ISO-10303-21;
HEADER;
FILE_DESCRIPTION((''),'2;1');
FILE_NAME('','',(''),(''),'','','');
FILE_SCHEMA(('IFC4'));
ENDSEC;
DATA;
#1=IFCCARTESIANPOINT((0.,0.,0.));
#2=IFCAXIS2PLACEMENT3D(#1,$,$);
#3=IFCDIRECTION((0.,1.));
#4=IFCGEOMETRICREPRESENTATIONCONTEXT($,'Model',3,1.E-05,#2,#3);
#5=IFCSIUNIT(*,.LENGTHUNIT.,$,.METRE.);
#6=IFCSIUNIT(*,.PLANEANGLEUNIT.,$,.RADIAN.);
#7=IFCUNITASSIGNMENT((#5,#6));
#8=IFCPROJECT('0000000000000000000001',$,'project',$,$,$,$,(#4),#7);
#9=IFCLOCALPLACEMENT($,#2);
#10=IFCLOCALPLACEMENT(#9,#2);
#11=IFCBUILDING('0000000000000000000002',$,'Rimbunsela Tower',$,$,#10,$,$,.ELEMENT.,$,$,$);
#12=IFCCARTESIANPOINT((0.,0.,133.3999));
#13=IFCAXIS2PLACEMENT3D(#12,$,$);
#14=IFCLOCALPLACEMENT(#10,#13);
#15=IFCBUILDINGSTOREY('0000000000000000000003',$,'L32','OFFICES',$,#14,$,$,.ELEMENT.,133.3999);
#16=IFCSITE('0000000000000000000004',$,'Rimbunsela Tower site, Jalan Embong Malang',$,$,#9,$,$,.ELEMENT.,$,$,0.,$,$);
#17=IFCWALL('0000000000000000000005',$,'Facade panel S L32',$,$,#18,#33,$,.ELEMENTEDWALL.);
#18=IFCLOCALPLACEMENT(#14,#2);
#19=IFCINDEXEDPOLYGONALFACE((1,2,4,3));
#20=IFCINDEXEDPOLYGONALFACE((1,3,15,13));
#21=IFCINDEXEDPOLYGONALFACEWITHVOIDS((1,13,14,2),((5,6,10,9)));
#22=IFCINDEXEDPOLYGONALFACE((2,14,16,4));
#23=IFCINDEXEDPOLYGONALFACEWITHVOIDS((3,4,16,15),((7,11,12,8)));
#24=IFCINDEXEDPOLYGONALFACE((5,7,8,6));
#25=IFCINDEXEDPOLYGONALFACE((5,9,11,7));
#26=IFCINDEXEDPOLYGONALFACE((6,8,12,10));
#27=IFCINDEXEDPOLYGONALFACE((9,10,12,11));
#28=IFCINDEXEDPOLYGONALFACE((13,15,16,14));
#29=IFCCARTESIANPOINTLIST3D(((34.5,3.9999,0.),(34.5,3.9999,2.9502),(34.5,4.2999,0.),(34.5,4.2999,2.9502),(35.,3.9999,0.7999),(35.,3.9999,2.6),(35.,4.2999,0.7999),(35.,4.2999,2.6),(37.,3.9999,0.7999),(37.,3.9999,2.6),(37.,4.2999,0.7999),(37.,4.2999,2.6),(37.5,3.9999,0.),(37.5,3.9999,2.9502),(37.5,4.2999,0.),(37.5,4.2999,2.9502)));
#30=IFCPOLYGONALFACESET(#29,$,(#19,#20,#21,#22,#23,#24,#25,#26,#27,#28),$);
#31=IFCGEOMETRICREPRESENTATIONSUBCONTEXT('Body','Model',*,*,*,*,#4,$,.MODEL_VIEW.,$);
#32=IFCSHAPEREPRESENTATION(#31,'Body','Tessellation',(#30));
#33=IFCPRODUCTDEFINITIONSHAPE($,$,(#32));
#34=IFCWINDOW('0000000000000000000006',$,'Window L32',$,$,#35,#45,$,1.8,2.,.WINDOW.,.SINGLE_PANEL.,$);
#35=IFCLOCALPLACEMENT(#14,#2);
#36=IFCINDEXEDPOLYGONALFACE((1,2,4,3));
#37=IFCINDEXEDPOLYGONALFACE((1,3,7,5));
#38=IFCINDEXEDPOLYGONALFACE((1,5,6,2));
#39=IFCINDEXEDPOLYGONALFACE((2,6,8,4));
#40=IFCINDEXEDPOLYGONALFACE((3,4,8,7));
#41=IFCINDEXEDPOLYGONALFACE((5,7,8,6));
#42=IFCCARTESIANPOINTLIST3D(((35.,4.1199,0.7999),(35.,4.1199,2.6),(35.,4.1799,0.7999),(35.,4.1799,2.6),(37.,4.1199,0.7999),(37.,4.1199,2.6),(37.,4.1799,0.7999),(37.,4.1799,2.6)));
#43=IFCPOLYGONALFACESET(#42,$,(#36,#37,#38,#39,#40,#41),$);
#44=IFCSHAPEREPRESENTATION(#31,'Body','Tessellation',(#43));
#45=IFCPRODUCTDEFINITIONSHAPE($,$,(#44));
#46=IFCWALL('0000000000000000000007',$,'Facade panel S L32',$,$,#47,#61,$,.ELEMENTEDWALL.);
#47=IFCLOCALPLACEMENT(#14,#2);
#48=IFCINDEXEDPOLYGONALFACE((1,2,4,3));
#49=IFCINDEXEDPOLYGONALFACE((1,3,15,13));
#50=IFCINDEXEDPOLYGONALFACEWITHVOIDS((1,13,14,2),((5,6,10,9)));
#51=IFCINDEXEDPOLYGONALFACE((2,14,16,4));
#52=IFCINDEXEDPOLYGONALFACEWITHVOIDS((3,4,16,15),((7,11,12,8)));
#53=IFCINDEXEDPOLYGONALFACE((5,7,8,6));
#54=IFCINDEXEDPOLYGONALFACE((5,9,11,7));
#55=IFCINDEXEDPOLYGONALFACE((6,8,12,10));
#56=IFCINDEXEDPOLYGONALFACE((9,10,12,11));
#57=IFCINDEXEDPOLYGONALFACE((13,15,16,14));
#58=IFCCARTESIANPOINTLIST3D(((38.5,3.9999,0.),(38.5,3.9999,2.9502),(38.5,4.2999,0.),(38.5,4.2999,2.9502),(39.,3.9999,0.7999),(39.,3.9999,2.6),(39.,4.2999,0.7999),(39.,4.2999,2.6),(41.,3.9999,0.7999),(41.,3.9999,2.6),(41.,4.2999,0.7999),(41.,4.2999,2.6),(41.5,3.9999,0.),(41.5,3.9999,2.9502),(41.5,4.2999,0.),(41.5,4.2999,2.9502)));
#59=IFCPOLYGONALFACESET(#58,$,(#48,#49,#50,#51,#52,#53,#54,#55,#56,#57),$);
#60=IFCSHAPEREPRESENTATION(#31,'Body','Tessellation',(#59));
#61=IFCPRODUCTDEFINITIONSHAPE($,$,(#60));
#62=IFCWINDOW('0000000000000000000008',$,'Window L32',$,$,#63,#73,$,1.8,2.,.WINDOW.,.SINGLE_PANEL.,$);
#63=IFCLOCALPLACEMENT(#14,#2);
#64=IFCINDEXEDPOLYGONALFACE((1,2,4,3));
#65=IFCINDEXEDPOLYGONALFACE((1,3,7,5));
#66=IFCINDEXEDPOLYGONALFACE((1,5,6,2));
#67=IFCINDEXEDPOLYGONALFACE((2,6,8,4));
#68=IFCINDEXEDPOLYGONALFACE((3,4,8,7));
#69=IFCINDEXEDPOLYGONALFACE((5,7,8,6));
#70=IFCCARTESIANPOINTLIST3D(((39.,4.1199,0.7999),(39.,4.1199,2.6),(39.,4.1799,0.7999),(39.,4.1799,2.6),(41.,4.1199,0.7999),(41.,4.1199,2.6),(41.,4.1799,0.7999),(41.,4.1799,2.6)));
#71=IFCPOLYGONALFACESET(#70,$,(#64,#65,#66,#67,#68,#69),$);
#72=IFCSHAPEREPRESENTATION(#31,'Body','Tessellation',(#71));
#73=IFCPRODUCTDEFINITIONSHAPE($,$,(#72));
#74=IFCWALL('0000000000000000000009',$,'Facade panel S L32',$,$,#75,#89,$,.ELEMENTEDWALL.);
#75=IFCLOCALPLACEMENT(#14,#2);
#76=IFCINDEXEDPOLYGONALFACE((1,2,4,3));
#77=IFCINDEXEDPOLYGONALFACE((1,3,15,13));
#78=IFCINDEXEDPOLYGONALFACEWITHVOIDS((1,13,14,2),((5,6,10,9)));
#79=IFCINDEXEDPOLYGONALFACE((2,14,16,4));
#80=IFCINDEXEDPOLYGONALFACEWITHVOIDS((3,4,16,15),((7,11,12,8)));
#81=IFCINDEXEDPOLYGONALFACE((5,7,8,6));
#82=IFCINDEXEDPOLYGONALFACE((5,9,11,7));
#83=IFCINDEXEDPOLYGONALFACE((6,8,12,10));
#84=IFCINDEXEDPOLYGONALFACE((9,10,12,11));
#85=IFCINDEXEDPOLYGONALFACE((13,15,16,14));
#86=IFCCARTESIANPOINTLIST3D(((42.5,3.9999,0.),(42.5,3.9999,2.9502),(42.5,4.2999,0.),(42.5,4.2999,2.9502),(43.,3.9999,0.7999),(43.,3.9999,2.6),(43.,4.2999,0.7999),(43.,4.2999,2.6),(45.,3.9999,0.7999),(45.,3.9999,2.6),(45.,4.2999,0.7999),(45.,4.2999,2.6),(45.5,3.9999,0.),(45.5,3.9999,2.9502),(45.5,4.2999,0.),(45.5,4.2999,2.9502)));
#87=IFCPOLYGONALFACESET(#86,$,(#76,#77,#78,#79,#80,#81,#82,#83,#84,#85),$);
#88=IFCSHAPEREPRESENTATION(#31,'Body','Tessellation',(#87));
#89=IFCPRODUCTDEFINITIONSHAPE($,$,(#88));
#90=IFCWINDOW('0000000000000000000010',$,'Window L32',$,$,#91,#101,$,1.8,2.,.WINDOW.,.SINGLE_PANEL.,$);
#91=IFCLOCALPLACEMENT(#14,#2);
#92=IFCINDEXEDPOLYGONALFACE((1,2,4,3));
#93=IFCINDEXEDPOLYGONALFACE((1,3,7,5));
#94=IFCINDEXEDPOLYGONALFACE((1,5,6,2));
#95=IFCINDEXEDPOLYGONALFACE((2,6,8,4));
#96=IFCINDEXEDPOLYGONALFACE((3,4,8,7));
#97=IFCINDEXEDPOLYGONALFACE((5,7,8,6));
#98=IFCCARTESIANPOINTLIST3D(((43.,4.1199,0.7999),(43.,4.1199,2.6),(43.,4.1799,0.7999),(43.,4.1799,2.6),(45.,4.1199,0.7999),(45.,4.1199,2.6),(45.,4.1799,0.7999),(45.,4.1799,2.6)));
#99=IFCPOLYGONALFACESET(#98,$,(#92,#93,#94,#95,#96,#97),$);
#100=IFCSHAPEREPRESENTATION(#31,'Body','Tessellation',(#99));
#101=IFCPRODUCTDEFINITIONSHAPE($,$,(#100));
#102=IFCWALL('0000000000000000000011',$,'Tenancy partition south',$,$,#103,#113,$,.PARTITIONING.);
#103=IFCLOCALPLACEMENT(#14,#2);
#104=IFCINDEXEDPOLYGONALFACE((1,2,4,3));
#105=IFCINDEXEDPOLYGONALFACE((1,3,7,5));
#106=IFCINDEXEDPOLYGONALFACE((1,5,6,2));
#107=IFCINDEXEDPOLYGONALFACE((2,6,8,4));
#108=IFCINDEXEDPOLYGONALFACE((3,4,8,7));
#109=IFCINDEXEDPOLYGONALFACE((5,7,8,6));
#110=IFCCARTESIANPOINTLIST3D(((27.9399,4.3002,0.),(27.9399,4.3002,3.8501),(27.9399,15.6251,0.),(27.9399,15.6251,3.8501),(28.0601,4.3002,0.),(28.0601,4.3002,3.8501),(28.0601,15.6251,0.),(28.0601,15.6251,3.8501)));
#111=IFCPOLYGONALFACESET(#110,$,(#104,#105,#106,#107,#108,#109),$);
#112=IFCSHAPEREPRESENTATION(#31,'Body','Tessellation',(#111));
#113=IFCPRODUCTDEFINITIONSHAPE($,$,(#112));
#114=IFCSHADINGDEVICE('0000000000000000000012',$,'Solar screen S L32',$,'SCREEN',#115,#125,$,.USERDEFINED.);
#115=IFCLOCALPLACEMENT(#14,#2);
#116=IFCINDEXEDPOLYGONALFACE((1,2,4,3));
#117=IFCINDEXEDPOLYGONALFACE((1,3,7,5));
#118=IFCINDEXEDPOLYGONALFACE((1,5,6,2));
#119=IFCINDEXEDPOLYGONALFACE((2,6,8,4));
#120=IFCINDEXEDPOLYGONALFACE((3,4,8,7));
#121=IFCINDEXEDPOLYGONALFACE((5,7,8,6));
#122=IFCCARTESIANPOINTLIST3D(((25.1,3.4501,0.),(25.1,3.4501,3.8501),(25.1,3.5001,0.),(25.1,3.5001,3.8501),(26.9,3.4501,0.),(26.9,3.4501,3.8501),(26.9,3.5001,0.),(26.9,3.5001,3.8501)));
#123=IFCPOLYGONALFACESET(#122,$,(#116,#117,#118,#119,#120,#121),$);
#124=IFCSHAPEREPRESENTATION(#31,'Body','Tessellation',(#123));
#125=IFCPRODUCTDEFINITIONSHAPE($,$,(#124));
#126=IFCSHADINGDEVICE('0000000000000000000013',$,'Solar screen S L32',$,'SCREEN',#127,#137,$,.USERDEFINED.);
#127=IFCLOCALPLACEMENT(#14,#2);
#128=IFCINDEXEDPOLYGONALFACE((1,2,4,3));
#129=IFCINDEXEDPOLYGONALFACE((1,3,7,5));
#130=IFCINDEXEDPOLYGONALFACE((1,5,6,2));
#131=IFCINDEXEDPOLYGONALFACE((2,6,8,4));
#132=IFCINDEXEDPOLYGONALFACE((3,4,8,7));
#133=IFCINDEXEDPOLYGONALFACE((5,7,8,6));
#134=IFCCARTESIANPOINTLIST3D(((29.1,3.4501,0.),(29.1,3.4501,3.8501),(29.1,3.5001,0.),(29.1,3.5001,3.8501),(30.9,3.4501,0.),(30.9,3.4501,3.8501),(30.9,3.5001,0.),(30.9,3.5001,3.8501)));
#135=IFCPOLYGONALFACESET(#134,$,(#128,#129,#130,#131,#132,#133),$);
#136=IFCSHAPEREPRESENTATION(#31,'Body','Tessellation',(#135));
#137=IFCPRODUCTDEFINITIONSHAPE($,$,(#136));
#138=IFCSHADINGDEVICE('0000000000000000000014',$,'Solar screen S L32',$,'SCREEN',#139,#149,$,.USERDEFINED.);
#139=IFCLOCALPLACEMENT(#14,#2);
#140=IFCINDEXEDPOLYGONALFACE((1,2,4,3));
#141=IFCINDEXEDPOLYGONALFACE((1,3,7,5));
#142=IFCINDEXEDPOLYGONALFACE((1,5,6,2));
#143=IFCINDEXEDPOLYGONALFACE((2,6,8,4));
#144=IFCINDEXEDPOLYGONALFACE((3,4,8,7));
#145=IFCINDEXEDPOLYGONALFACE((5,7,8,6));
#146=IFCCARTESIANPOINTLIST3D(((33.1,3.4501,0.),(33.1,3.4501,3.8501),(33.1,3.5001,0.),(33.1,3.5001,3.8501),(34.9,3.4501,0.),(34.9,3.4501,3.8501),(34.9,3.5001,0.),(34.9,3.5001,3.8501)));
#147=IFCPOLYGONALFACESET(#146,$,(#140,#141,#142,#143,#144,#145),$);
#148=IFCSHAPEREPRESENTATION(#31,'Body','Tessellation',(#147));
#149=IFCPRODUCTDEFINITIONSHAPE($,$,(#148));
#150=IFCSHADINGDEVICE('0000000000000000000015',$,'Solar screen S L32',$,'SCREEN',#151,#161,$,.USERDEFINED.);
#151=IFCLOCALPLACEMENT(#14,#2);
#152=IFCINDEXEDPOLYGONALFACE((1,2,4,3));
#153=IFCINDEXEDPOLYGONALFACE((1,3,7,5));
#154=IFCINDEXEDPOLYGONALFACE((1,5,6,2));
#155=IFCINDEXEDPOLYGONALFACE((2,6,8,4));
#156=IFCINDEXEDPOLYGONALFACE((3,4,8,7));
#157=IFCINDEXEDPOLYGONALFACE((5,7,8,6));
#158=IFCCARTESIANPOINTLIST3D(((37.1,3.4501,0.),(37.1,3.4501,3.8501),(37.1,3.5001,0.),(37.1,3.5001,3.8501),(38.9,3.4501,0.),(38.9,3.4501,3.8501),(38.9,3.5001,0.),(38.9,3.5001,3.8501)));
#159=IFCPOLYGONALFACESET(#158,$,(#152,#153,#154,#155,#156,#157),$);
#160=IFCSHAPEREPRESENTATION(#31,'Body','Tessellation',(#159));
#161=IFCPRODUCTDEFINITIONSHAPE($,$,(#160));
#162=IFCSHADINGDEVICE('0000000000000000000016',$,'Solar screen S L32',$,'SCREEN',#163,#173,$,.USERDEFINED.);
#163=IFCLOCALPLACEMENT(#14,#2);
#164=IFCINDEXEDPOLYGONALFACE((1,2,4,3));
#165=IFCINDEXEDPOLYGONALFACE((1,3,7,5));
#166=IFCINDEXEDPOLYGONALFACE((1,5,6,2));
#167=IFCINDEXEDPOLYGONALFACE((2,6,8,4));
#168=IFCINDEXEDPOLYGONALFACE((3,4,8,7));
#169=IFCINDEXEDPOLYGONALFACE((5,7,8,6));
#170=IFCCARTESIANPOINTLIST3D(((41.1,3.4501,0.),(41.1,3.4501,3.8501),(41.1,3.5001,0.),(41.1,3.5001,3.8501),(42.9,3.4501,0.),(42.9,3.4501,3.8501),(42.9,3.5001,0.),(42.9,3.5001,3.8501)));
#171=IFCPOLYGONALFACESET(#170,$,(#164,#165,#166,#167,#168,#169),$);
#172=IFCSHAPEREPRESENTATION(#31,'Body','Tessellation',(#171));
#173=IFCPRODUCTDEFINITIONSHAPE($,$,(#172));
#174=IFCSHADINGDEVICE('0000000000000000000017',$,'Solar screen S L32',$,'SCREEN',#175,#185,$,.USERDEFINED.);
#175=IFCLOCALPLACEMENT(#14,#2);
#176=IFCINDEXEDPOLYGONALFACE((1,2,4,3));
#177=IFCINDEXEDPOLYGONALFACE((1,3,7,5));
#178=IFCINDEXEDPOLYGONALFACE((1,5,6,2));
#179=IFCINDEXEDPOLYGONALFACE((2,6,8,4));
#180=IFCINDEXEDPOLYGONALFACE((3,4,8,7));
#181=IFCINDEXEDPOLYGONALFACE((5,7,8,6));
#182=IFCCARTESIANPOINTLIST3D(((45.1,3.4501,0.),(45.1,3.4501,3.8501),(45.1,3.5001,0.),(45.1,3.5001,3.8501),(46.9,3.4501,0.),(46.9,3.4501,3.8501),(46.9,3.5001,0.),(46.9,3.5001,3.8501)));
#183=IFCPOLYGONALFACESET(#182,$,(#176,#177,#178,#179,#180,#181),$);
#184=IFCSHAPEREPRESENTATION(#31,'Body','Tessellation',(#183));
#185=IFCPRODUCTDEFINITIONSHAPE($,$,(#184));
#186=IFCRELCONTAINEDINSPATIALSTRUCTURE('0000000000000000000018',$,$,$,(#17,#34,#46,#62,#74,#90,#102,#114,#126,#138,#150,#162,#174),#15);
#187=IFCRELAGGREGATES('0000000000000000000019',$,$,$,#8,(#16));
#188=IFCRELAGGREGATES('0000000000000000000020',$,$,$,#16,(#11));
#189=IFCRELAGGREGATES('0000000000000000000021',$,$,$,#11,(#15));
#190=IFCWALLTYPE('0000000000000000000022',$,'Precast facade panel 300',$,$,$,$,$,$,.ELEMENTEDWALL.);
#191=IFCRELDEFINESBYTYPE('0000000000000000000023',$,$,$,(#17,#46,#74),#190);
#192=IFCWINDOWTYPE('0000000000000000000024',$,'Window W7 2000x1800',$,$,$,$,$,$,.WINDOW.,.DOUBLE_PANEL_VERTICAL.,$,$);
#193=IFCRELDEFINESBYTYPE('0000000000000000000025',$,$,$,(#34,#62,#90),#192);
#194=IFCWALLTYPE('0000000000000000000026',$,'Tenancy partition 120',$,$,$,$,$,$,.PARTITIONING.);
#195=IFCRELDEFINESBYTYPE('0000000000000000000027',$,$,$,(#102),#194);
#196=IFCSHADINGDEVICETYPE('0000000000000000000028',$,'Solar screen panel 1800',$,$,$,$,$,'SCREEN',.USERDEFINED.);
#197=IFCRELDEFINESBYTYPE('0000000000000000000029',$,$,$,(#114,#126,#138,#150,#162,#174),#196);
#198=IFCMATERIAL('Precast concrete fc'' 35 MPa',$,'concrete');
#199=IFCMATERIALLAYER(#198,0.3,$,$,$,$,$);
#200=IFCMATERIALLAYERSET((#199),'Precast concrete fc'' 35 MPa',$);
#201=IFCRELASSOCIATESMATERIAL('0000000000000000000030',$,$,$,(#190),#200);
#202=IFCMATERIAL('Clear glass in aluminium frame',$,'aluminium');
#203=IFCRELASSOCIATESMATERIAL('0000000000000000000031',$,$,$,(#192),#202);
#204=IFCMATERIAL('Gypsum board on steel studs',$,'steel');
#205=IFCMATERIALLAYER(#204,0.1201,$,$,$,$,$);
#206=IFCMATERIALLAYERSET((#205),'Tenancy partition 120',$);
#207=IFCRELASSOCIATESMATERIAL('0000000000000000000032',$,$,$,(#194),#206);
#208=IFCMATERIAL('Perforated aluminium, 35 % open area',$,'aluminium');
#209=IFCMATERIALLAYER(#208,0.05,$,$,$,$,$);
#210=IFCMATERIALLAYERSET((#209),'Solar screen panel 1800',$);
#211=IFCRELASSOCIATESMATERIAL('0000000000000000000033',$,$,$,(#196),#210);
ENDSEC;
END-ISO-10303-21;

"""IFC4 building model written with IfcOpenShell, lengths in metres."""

from ifc_helpers import new_model, si_unit, direction, frame, frame_2d, origin, origin_2d, place, context, subcontext, project, spatial, rectangle, extrude, material, layer, layer_set, type_object, element, fill, save


model = new_model("IFC4")

# Units and contexts
model_context = context("Model", 3, precision=1e-05, world=origin(), true_north=direction((0.0, 1.0)))
body_context = subcontext(model_context, "Body", "Model", "MODEL_VIEW")
ifc_project = project(units=[si_unit("LENGTHUNIT", "METRE"), si_unit("PLANEANGLEUNIT", "RADIAN")], contexts=[model_context])

# Site, building, storey
site_placement = place(None, origin())
site = spatial("IfcSite", under=ifc_project, at=site_placement, Name="Rimbunsela Tower site, Jalan Embong Malang", CompositionType="ELEMENT", RefElevation=0.0)
building_placement = place(site_placement, origin())
building = spatial("IfcBuilding", under=site, at=building_placement, Name="Rimbunsela Tower", CompositionType="ELEMENT")
storey_placement = place(building_placement, frame((0.0, 0.0, 133.3999)))
storey = spatial("IfcBuildingStorey", under=building, at=storey_placement, Name="L32", Description="OFFICES", CompositionType="ELEMENT", Elevation=133.3999)

# Shared definitions
ifc_material_1 = material(Name="Precast concrete fc' 35 MPa", Category="concrete")
ifc_layer_1 = layer(ifc_material_1, 0.3)
ifc_layer_set_1 = layer_set([ifc_layer_1], Name="Precast concrete fc' 35 MPa")
wall_type_1 = type_object("IfcWallType", Name="Precast facade panel 300", PredefinedType="ELEMENTEDWALL", material=ifc_layer_set_1)

# Walls, openings, windows
ifc_material_2 = material(Name="Clear glass in aluminium frame", Category="aluminium")
window_type_1 = type_object("IfcWindowType", Name="Window W7 2000x1800", PartitioningType="DOUBLE_PANEL_VERTICAL", PredefinedType="WINDOW", material=ifc_material_2)
wall_1_placement = place(storey_placement, frame((34.5, 4.1499, 0.0), z_axis=(0.0, 0.0, 1.0), x_axis=(1.0, 0.0, 0.0)))
wall_1 = element("IfcWall", 1, at=wall_1_placement, inside=storey, type_object=wall_type_1, Name="Facade panel S L32", PredefinedType="ELEMENTEDWALL", context=body_context, shape_type="SweptSolid", body=[
    extrude(rectangle(XDim=3.0, YDim=0.3, at=frame_2d((1.5, 0.0))), origin(), (0.0, 0.0, 1.0), 2.9502),
])
opening_1_placement = place(wall_1_placement, frame((0.5, 0.0, 0.8)))
opening_1 = element("IfcOpeningElement", 2, at=opening_1_placement, cuts=wall_1, PredefinedType="OPENING", context=body_context, shape_type="SweptSolid", body=[
    extrude(rectangle(XDim=2.0, YDim=1.8, at=frame_2d((1.0, 0.8999))), frame((0.0, 0.1599, 0.0), z_axis=(0.0, -1.0, 0.0), x_axis=(1.0, 0.0, 0.0)), (0.0, 0.0, 1.0), 0.3201),
])
window_1_placement = place(opening_1_placement, origin())
window_1 = element("IfcWindow", 3, at=window_1_placement, inside=storey, type_object=window_type_1, Name="Window L32", OverallHeight=1.8, OverallWidth=2.0, PartitioningType="SINGLE_PANEL", PredefinedType="WINDOW", context=body_context, shape_type="SweptSolid", body=[
    extrude(rectangle(XDim=2.0, YDim=1.8, at=frame_2d((1.0, 0.8999))), frame((0.0, 0.03, 0.0), z_axis=(0.0, -1.0, 0.0), x_axis=(1.0, 0.0, 0.0)), (0.0, 0.0, 1.0), 0.0601),
])
fill(opening_1, window_1)
wall_2_placement = place(storey_placement, frame((38.5, 4.1499, 0.0), z_axis=(0.0, 0.0, 1.0), x_axis=(1.0, 0.0, 0.0)))
wall_2 = element("IfcWall", 4, at=wall_2_placement, inside=storey, type_object=wall_type_1, Name="Facade panel S L32", PredefinedType="ELEMENTEDWALL", context=body_context, shape_type="SweptSolid", body=[
    extrude(rectangle(XDim=3.0, YDim=0.3, at=frame_2d((1.5, 0.0))), origin(), (0.0, 0.0, 1.0), 2.9502),
])
opening_2_placement = place(wall_2_placement, frame((0.5, 0.0, 0.8)))
opening_2 = element("IfcOpeningElement", 5, at=opening_2_placement, cuts=wall_2, PredefinedType="OPENING", context=body_context, shape_type="SweptSolid", body=[
    extrude(rectangle(XDim=2.0, YDim=1.8, at=frame_2d((1.0, 0.8999))), frame((0.0, 0.1599, 0.0), z_axis=(0.0, -1.0, 0.0), x_axis=(1.0, 0.0, 0.0)), (0.0, 0.0, 1.0), 0.3201),
])
window_2_placement = place(opening_2_placement, origin())
window_2 = element("IfcWindow", 6, at=window_2_placement, inside=storey, type_object=window_type_1, Name="Window L32", OverallHeight=1.8, OverallWidth=2.0, PartitioningType="SINGLE_PANEL", PredefinedType="WINDOW", context=body_context, shape_type="SweptSolid", body=[
    extrude(rectangle(XDim=2.0, YDim=1.8, at=frame_2d((1.0, 0.8999))), frame((0.0, 0.03, 0.0), z_axis=(0.0, -1.0, 0.0), x_axis=(1.0, 0.0, 0.0)), (0.0, 0.0, 1.0), 0.0601),
])
fill(opening_2, window_2)
wall_3_placement = place(storey_placement, frame((42.5, 4.1499, 0.0), z_axis=(0.0, 0.0, 1.0), x_axis=(1.0, 0.0, 0.0)))
wall_3 = element("IfcWall", 7, at=wall_3_placement, inside=storey, type_object=wall_type_1, Name="Facade panel S L32", PredefinedType="ELEMENTEDWALL", context=body_context, shape_type="SweptSolid", body=[
    extrude(rectangle(XDim=3.0, YDim=0.3, at=frame_2d((1.5, 0.0))), origin(), (0.0, 0.0, 1.0), 2.9502),
])
opening_3_placement = place(wall_3_placement, frame((0.5, 0.0, 0.8)))
opening_3 = element("IfcOpeningElement", 8, at=opening_3_placement, cuts=wall_3, PredefinedType="OPENING", context=body_context, shape_type="SweptSolid", body=[
    extrude(rectangle(XDim=2.0, YDim=1.8, at=frame_2d((1.0, 0.8999))), frame((0.0, 0.1599, 0.0), z_axis=(0.0, -1.0, 0.0), x_axis=(1.0, 0.0, 0.0)), (0.0, 0.0, 1.0), 0.3201),
])
window_3_placement = place(opening_3_placement, origin())
window_3 = element("IfcWindow", 9, at=window_3_placement, inside=storey, type_object=window_type_1, Name="Window L32", OverallHeight=1.8, OverallWidth=2.0, PartitioningType="SINGLE_PANEL", PredefinedType="WINDOW", context=body_context, shape_type="SweptSolid", body=[
    extrude(rectangle(XDim=2.0, YDim=1.8, at=frame_2d((1.0, 0.8999))), frame((0.0, 0.03, 0.0), z_axis=(0.0, -1.0, 0.0), x_axis=(1.0, 0.0, 0.0)), (0.0, 0.0, 1.0), 0.0601),
])
fill(opening_3, window_3)

# Wall
ifc_material_3 = material(Name="Gypsum board on steel studs", Category="steel")
ifc_layer_2 = layer(ifc_material_3, 0.1201)
ifc_layer_set_2 = layer_set([ifc_layer_2], Name="Tenancy partition 120")
wall_type_2 = type_object("IfcWallType", Name="Tenancy partition 120", PredefinedType="PARTITIONING", material=ifc_layer_set_2)
wall_4_placement = place(storey_placement, frame((28.0, 4.3, 0.0), z_axis=(0.0, 0.0, 1.0), x_axis=(0.0, 1.0, 0.0)))
element("IfcWall", 10, at=wall_4_placement, inside=storey, type_object=wall_type_2, Name="Tenancy partition south", PredefinedType="PARTITIONING", context=body_context, shape_type="SweptSolid", body=[
    extrude(rectangle(XDim=11.325, YDim=0.1201, at=frame_2d((5.6626, 0.0))), origin(), (0.0, 0.0, 1.0), 3.8501),
])

# Shading devices
ifc_material_4 = material(Name="Perforated aluminium, 35 % open area", Category="aluminium")
ifc_layer_3 = layer(ifc_material_4, 0.05)
ifc_layer_set_3 = layer_set([ifc_layer_3], Name="Solar screen panel 1800")
shading_device_type = type_object("IfcShadingDeviceType", Name="Solar screen panel 1800", ElementType="SCREEN", PredefinedType="USERDEFINED", material=ifc_layer_set_3)
for number, where, z_axis, x_axis, name in (
    (11, (26.0, 3.4751, 0.0), (0.0, 0.0, 1.0), (1.0, 0.0, 0.0), "Solar screen S L32"),
    (12, (30.0, 3.4751, 0.0), (0.0, 0.0, 1.0), (1.0, 0.0, 0.0), "Solar screen S L32"),
    (13, (34.0, 3.4751, 0.0), (0.0, 0.0, 1.0), (1.0, 0.0, 0.0), "Solar screen S L32"),
    (14, (38.0, 3.4751, 0.0), (0.0, 0.0, 1.0), (1.0, 0.0, 0.0), "Solar screen S L32"),
    (15, (42.0, 3.4751, 0.0), (0.0, 0.0, 1.0), (1.0, 0.0, 0.0), "Solar screen S L32"),
    (16, (46.0, 3.4751, 0.0), (0.0, 0.0, 1.0), (1.0, 0.0, 0.0), "Solar screen S L32"),
):
    element("IfcShadingDevice", number, at=place(storey_placement, frame(where, z_axis=z_axis, x_axis=x_axis)), inside=storey, type_object=shading_device_type, Name=name, ObjectType="SCREEN", PredefinedType="USERDEFINED", context=body_context, shape_type="SweptSolid", body=[
        extrude(rectangle(XDim=1.8, YDim=0.05, at=origin_2d()), origin(), (0.0, 0.0, 1.0), 3.8501),
    ])

save(model, "model.ifc")
